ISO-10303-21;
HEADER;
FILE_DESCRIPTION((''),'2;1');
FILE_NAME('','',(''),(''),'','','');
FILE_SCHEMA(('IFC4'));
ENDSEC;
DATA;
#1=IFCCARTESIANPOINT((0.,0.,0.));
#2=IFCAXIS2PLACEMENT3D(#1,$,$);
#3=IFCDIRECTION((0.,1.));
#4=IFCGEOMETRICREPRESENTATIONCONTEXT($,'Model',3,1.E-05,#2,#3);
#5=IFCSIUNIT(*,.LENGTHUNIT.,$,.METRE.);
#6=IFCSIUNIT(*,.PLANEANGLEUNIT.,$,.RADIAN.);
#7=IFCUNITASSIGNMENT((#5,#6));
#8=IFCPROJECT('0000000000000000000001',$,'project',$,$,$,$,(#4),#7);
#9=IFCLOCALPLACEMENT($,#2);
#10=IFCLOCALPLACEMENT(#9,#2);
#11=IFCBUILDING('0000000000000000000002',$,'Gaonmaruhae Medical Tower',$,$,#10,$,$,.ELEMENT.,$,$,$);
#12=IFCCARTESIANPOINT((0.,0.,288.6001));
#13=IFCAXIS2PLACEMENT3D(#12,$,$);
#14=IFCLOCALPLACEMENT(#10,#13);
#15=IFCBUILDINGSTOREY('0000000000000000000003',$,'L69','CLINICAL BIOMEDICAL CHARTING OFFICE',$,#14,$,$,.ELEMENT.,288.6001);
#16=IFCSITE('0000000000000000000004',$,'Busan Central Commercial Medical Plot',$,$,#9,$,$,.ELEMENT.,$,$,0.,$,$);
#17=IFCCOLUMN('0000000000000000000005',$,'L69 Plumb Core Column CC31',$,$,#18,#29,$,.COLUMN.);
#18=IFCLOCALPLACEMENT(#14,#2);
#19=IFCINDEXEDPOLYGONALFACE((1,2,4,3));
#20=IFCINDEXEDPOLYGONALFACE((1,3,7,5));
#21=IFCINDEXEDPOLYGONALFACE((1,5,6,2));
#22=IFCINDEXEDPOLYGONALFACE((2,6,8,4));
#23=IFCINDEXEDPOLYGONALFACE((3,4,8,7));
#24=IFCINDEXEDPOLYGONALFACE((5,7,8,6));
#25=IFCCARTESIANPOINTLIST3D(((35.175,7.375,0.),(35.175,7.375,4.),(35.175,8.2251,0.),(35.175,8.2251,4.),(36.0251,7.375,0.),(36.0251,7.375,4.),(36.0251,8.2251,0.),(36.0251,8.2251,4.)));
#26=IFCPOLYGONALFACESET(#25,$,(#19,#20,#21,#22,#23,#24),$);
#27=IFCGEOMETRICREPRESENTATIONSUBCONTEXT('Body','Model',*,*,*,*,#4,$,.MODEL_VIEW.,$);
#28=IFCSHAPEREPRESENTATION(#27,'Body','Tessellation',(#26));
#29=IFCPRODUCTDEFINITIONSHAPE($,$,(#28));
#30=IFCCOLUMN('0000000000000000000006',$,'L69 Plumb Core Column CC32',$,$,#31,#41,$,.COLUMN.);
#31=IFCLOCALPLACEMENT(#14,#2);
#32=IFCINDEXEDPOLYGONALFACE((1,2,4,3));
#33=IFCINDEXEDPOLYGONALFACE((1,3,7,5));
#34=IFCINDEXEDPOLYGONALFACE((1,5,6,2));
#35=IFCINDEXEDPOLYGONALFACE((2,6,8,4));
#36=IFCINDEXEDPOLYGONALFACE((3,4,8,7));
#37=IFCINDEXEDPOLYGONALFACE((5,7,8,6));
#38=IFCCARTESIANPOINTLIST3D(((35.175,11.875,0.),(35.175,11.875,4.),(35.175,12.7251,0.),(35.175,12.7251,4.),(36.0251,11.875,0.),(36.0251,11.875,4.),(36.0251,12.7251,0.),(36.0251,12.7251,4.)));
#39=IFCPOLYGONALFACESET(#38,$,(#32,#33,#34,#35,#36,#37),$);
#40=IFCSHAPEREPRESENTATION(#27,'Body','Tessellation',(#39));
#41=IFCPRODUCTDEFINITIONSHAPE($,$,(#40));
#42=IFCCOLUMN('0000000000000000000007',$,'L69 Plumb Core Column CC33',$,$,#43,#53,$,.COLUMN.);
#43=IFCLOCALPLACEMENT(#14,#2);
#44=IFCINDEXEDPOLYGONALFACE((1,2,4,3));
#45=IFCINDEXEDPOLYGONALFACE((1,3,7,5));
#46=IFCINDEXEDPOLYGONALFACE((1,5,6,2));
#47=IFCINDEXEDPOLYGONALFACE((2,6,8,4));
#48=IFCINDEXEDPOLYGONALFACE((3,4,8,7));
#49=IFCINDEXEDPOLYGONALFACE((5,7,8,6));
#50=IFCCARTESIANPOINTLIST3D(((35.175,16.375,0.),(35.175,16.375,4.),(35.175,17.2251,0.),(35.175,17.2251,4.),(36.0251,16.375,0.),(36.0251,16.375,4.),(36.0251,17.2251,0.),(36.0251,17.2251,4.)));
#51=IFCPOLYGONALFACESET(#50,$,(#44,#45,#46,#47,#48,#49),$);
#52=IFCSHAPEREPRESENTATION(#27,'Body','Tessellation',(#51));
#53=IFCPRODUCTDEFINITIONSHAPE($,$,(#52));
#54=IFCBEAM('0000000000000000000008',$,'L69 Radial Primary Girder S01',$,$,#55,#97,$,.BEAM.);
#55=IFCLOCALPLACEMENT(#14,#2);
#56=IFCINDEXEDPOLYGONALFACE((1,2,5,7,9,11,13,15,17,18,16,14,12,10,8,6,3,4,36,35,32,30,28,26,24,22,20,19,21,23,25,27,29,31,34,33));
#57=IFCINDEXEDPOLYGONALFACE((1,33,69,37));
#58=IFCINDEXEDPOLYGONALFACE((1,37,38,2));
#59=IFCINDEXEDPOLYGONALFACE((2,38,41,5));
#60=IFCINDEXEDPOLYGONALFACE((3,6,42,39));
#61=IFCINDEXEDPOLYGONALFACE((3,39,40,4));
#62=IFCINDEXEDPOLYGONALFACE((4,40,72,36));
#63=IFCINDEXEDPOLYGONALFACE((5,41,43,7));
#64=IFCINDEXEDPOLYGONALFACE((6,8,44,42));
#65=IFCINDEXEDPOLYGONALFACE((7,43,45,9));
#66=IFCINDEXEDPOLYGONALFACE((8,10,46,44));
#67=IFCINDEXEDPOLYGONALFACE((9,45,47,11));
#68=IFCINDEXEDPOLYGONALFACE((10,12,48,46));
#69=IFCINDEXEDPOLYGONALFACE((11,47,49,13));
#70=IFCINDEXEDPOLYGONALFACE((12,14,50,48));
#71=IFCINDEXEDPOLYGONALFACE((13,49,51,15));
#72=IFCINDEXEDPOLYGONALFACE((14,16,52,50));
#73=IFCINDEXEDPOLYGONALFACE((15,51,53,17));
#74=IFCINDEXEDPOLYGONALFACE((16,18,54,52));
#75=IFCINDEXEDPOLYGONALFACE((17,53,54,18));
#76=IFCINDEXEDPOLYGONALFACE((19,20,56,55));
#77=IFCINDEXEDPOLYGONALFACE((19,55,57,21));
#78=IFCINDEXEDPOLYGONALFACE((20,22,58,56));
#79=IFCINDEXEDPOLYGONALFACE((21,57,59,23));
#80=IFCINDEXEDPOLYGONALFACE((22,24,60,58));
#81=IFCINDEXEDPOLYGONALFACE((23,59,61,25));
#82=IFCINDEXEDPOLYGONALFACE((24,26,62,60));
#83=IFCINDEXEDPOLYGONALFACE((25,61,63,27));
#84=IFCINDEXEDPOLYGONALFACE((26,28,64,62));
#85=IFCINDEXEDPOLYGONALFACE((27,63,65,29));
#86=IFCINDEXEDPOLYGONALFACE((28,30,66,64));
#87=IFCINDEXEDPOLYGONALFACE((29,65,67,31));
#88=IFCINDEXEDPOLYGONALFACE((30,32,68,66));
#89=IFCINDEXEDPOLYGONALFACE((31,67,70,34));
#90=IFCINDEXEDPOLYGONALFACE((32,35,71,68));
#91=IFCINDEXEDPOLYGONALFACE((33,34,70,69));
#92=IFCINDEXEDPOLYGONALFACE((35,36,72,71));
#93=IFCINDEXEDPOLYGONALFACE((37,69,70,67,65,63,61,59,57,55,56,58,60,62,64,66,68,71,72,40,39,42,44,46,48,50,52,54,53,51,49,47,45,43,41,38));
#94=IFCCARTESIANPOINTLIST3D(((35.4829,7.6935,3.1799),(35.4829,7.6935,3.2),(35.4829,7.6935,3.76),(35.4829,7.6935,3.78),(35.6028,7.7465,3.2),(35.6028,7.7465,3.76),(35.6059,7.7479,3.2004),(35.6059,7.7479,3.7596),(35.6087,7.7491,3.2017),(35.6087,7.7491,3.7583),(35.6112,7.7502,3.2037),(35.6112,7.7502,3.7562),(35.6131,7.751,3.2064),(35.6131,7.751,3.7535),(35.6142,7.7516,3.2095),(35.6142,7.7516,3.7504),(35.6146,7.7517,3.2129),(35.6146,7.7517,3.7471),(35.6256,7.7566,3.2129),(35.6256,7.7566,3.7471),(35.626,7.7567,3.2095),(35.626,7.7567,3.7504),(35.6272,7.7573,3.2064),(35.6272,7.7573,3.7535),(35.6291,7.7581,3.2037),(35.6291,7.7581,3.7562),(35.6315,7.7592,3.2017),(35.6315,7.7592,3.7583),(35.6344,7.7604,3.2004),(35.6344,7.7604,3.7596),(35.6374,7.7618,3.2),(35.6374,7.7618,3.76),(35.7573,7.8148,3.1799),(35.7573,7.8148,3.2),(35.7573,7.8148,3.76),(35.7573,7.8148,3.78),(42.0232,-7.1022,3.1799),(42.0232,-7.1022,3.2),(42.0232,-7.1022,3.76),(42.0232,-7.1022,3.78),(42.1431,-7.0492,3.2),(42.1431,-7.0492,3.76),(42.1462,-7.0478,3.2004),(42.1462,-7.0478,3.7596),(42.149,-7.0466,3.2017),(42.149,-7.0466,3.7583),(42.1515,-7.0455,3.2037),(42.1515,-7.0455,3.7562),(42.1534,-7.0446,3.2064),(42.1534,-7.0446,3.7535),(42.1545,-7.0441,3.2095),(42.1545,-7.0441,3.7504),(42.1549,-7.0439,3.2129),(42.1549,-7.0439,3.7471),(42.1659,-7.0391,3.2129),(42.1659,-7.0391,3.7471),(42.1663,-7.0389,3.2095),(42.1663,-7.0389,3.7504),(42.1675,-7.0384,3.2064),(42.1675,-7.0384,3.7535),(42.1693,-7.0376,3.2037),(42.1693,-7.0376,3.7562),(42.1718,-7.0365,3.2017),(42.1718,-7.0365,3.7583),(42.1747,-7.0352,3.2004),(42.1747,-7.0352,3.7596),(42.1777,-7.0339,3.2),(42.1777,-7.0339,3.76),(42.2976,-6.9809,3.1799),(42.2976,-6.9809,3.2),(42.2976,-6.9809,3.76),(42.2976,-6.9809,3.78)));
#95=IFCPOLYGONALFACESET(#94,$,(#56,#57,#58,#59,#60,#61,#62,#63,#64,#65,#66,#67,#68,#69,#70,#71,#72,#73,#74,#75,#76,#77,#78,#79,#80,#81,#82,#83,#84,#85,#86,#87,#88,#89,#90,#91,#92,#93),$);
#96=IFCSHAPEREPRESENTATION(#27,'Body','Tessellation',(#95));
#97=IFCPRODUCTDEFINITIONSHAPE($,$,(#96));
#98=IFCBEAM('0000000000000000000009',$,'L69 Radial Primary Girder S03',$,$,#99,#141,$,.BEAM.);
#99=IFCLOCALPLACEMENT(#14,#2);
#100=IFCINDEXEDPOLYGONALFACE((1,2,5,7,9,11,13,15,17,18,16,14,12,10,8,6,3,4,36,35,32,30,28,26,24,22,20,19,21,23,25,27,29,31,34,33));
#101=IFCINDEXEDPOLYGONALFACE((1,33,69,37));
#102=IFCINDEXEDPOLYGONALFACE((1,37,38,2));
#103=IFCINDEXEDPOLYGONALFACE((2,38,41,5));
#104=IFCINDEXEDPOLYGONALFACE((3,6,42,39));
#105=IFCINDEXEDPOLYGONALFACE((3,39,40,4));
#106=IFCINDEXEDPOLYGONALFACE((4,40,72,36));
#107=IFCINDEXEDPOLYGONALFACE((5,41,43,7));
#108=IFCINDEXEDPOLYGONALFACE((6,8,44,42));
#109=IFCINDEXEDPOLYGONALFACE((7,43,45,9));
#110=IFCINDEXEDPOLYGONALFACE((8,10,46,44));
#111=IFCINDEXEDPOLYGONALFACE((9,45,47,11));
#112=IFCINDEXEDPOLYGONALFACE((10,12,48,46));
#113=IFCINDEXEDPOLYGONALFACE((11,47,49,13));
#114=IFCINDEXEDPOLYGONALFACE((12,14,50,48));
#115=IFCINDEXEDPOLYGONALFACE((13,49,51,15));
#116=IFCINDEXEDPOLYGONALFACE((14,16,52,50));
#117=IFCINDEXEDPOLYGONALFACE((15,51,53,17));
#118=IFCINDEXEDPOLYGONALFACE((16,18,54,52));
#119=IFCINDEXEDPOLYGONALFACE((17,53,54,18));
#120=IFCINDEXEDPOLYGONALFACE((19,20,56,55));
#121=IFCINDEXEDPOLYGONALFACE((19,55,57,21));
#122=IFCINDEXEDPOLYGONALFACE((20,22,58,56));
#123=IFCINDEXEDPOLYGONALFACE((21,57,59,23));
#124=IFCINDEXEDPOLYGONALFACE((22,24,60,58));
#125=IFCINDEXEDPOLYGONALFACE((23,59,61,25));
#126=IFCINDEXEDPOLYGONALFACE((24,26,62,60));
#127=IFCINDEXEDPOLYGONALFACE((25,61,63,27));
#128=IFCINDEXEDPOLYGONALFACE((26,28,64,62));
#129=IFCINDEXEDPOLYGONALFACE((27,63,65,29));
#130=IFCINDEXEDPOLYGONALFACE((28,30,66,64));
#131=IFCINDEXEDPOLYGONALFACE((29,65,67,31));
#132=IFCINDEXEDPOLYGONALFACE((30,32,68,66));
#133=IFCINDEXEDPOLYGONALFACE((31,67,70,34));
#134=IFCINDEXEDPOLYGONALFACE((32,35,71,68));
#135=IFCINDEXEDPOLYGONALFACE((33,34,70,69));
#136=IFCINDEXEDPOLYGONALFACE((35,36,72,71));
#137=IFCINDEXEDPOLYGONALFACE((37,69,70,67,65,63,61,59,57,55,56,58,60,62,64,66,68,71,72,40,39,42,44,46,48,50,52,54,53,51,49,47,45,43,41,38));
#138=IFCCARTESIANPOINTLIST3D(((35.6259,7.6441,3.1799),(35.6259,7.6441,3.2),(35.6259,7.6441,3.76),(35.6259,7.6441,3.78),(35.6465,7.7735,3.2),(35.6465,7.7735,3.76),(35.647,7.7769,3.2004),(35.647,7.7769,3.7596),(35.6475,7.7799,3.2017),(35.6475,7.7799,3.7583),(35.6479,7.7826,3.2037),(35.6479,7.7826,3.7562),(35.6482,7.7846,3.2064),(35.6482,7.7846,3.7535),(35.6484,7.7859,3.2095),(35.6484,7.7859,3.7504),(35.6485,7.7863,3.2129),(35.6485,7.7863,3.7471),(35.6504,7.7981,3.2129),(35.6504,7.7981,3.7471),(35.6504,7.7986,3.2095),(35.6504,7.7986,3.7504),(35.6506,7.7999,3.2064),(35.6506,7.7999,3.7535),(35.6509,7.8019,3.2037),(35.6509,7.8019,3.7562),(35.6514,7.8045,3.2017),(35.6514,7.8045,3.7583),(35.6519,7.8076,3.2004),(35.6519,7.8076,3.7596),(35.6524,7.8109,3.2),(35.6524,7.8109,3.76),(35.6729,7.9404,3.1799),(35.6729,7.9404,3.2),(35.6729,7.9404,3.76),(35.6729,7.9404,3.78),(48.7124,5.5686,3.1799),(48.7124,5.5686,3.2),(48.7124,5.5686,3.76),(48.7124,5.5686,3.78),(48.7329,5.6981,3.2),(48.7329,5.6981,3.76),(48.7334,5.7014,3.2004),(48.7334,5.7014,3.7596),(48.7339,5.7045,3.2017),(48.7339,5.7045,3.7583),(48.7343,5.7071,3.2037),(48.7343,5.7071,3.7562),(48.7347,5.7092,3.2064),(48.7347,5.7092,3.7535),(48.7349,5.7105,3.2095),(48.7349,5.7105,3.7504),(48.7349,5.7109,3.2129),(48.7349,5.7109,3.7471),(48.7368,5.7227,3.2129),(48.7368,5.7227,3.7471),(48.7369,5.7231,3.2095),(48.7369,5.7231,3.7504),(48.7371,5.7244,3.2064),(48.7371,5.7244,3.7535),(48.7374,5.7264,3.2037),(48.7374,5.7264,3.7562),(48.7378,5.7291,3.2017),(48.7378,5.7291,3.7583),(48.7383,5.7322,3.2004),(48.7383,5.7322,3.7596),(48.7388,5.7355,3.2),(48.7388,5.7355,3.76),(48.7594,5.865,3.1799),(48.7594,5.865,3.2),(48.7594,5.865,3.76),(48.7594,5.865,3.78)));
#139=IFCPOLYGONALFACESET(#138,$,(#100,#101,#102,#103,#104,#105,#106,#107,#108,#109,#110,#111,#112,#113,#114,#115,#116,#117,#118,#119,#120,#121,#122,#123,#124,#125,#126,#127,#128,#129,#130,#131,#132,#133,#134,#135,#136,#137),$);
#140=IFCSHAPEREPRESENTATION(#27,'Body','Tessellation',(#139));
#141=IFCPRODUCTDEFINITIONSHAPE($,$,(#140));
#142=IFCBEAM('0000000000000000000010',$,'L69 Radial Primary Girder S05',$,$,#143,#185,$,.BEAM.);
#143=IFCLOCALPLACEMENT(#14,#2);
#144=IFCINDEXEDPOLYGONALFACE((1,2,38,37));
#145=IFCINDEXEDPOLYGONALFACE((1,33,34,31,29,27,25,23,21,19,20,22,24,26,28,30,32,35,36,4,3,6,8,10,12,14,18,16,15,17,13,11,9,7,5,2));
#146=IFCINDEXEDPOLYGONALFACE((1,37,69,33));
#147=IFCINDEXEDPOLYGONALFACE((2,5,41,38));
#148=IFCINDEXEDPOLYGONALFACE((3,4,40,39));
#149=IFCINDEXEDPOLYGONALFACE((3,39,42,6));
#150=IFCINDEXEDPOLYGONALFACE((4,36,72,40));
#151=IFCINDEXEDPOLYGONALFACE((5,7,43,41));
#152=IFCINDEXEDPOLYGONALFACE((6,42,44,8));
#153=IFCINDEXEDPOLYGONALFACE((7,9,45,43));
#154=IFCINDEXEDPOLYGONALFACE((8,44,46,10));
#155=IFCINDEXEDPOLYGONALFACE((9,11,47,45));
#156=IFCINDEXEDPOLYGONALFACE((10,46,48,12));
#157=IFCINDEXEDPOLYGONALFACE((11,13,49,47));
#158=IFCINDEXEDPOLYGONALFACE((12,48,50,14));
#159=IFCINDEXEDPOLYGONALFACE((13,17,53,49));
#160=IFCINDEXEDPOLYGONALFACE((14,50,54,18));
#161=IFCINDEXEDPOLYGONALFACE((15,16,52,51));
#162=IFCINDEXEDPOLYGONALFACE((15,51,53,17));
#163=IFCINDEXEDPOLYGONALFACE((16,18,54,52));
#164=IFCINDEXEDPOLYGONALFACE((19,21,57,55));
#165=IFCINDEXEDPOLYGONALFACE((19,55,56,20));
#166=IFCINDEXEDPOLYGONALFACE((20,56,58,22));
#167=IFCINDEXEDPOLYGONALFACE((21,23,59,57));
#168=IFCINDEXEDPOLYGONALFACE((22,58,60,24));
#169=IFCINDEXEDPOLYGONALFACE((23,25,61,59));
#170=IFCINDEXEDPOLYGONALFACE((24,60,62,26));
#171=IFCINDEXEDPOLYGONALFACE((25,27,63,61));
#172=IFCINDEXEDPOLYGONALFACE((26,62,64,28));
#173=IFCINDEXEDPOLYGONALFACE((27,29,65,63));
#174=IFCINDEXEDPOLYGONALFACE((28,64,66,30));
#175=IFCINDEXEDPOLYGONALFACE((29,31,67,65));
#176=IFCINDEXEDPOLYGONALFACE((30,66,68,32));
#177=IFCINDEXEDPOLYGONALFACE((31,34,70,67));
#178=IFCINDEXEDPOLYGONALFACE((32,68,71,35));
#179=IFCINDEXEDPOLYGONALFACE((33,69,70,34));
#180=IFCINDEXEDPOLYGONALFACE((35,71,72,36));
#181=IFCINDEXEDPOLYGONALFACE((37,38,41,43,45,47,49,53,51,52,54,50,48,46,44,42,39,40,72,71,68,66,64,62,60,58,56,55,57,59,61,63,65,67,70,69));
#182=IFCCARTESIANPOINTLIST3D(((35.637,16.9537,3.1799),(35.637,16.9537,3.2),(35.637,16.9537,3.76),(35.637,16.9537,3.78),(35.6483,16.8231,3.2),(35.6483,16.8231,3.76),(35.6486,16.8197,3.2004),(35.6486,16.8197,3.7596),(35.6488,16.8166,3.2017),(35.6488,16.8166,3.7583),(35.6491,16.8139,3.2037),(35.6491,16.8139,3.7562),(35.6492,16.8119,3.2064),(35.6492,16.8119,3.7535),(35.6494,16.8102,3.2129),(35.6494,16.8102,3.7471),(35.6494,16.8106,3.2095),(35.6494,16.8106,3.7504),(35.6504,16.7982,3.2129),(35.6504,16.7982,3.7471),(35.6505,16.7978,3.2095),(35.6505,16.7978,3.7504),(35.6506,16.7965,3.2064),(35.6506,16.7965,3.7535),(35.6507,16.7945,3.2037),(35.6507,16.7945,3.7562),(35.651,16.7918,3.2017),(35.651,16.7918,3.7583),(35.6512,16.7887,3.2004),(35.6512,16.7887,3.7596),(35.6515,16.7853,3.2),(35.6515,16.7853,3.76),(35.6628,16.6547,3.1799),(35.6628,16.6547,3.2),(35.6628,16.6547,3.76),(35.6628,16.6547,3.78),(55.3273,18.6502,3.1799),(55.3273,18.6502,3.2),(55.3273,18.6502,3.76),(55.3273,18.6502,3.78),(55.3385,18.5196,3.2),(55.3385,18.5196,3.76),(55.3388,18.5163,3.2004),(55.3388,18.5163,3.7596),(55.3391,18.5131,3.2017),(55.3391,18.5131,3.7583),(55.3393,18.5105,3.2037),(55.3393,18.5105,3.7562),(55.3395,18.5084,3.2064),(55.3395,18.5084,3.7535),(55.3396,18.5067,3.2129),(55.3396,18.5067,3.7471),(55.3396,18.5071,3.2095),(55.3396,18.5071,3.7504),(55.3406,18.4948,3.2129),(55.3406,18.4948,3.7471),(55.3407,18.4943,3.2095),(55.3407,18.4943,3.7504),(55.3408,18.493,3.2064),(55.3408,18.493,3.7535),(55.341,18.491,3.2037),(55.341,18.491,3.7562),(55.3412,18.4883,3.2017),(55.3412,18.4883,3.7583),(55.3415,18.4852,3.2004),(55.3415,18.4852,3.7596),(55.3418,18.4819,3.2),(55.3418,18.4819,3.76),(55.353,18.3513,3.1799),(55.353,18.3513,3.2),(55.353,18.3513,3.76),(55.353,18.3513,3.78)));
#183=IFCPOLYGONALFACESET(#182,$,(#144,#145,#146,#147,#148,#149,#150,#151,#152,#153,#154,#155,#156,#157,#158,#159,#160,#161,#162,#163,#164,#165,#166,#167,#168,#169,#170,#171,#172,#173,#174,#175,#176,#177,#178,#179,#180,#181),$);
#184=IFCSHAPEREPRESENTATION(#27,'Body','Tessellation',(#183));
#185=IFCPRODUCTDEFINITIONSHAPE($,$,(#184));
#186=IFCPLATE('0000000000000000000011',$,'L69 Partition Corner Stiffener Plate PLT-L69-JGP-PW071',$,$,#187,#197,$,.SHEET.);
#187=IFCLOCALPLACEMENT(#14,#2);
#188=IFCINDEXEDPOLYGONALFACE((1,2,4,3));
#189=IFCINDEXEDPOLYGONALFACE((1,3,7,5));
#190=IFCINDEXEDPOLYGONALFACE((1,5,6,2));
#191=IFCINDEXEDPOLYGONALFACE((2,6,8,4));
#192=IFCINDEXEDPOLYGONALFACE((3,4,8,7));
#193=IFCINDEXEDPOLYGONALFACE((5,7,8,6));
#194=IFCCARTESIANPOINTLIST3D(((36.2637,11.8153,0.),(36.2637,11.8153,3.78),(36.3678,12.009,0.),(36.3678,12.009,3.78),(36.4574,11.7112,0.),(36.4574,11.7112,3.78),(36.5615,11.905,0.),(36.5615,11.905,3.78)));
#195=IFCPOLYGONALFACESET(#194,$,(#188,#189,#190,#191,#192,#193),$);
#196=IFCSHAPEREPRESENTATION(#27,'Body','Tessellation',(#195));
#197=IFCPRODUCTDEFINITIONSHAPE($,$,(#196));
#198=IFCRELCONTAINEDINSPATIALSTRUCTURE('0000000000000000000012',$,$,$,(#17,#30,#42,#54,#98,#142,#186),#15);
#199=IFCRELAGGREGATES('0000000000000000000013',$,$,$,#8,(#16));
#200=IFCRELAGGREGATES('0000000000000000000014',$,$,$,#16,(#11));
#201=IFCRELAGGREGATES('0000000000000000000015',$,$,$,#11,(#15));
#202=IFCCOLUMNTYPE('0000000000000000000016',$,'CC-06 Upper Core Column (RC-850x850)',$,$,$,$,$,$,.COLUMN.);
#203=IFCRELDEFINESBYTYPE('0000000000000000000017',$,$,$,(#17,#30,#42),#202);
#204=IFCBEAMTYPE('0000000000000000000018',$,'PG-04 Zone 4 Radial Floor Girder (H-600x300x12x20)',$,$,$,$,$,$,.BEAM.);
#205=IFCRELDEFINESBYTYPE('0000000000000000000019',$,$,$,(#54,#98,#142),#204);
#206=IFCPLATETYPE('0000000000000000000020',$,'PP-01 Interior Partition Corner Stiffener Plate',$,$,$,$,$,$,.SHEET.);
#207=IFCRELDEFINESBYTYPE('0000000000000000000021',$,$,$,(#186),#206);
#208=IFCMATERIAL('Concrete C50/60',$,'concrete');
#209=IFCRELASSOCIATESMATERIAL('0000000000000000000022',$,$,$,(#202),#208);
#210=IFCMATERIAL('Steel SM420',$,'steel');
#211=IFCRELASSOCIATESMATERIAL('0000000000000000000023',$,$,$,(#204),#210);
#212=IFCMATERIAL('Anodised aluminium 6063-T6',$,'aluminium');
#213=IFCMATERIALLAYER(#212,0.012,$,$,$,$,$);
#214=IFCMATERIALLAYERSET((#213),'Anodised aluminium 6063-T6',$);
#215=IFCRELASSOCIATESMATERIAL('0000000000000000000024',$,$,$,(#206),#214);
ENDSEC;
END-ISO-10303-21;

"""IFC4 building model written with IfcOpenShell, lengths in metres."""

from ifc_helpers import new_model, si_unit, direction, frame, origin, origin_2d, place, context, subcontext, project, spatial, rectangle, i_section, extrude, material, layer, layer_set, material_profile, profile_set, type_object, element, save


model = new_model("IFC4")

# Units and contexts
model_context = context("Model", 3, precision=1e-05, world=origin(), true_north=direction((0.0, 1.0)))
body_context = subcontext(model_context, "Body", "Model", "MODEL_VIEW")
ifc_project = project(units=[si_unit("LENGTHUNIT", "METRE"), si_unit("PLANEANGLEUNIT", "RADIAN")], contexts=[model_context])

# Site, building, storey
site_placement = place(None, origin())
site = spatial("IfcSite", under=ifc_project, at=site_placement, Name="Busan Central Commercial Medical Plot", CompositionType="ELEMENT", RefElevation=0.0)
building_placement = place(site_placement, origin())
building = spatial("IfcBuilding", under=site, at=building_placement, Name="Gaonmaruhae Medical Tower", CompositionType="ELEMENT")
storey_placement = place(building_placement, frame((0.0, 0.0, 288.6001)))
storey = spatial("IfcBuildingStorey", under=building, at=storey_placement, Name="L69", Description="CLINICAL BIOMEDICAL CHARTING OFFICE", CompositionType="ELEMENT", Elevation=288.6001)

# Columns
ifc_material_1 = material(Name="Concrete C50/60", Category="concrete")
ifc_material_profile_1 = material_profile(ifc_material_1, rectangle(XDim=0.8501, YDim=0.8501, at=origin_2d()), Name="RC-850x850")
ifc_profile_set_1 = profile_set([ifc_material_profile_1], Name="Concrete C50/60")
column_type = type_object("IfcColumnType", Name="CC-06 Upper Core Column (RC-850x850)", PredefinedType="COLUMN", material=ifc_profile_set_1)
for number, where, z_axis, x_axis, name in (
    (1, (35.6001, 7.8, 0.0), (0.0, 0.0, 1.0), (1.0, 0.0, 0.0), "L69 Plumb Core Column CC31"),
    (2, (35.6001, 12.3, 0.0), (0.0, 0.0, 1.0), (1.0, 0.0, 0.0), "L69 Plumb Core Column CC32"),
    (3, (35.6001, 16.8, 0.0), (0.0, 0.0, 1.0), (1.0, 0.0, 0.0), "L69 Plumb Core Column CC33"),
):
    element("IfcColumn", number, at=place(storey_placement, frame(where, z_axis=z_axis, x_axis=x_axis)), inside=storey, type_object=column_type, Name=name, PredefinedType="COLUMN", context=body_context, shape_type="SweptSolid", body=[
        extrude(rectangle(XDim=0.8501, YDim=0.8501, at=origin_2d()), origin(), (0.0, 0.0, 1.0), 4.0),
    ])

# Beams
ifc_material_2 = material(Name="Steel SM420", Category="steel")
ifc_material_profile_2 = material_profile(ifc_material_2, i_section(OverallWidth=0.3, OverallDepth=0.6001, WebThickness=0.012, FlangeThickness=0.02, FilletRadius=0.0129, at=origin_2d()), Name="H-600x300x12x20")
ifc_profile_set_2 = profile_set([ifc_material_profile_2], Name="Steel SM420")
beam_type = type_object("IfcBeamType", Name="PG-04 Zone 4 Radial Floor Girder (H-600x300x12x20)", PredefinedType="BEAM", material=ifc_profile_set_2)
beam_1_placement = place(storey_placement, frame((35.6201, 7.7542, 3.48), z_axis=(0.404302, -0.914626, 0.0), x_axis=(0.914626, 0.404302, 0.0)))
element("IfcBeam", 4, at=beam_1_placement, inside=storey, type_object=beam_type, Name="L69 Radial Primary Girder S01", PredefinedType="BEAM", context=body_context, shape_type="SweptSolid", body=[
    extrude(i_section(OverallWidth=0.3, OverallDepth=0.6001, WebThickness=0.012, FlangeThickness=0.02, FilletRadius=0.0129, at=origin_2d()), origin(), (0.0, 0.0, 1.0), 16.1768),
])
beam_2_placement = place(storey_placement, frame((35.6494, 7.7922, 3.48), z_axis=(0.987656, -0.156637, 0.0), x_axis=(0.156637, 0.987656, 0.0)))
element("IfcBeam", 5, at=beam_2_placement, inside=storey, type_object=beam_type, Name="L69 Radial Primary Girder S03", PredefinedType="BEAM", context=body_context, shape_type="SweptSolid", body=[
    extrude(i_section(OverallWidth=0.3, OverallDepth=0.6001, WebThickness=0.012, FlangeThickness=0.02, FilletRadius=0.0129, at=origin_2d()), origin(), (0.0, 0.0, 1.0), 13.25),
])
beam_3_placement = place(storey_placement, frame((35.6499, 16.8042, 3.48), z_axis=(0.996309, 0.085843, 0.0), x_axis=(-0.085843, 0.996309, 0.0)))
element("IfcBeam", 6, at=beam_3_placement, inside=storey, type_object=beam_type, Name="L69 Radial Primary Girder S05", PredefinedType="BEAM", context=body_context, shape_type="SweptSolid", body=[
    extrude(i_section(OverallWidth=0.3, OverallDepth=0.6001, WebThickness=0.012, FlangeThickness=0.02, FilletRadius=0.0129, at=origin_2d()), origin(), (0.0, 0.0, 1.0), 19.7632),
])

# Plate
ifc_material_3 = material(Name="Anodised aluminium 6063-T6", Category="aluminium")
ifc_layer_1 = layer(ifc_material_3, 0.012)
ifc_layer_set_1 = layer_set([ifc_layer_1], Name="Anodised aluminium 6063-T6")
plate_type = type_object("IfcPlateType", Name="PP-01 Interior Partition Corner Stiffener Plate", PredefinedType="SHEET", material=ifc_layer_set_1)
plate_placement = place(storey_placement, frame((36.4126, 11.8601, 0.0), z_axis=(0.0, 0.0, 1.0), x_axis=(-0.880957, 0.473197, 0.0)))
element("IfcPlate", 7, at=plate_placement, inside=storey, type_object=plate_type, Name="L69 Partition Corner Stiffener Plate PLT-L69-JGP-PW071", PredefinedType="SHEET", context=body_context, shape_type="SweptSolid", body=[
    extrude(rectangle(XDim=0.22, YDim=0.22, at=origin_2d()), origin(), (0.0, 0.0, 1.0), 3.78),
])

save(model, "model.ifc")
